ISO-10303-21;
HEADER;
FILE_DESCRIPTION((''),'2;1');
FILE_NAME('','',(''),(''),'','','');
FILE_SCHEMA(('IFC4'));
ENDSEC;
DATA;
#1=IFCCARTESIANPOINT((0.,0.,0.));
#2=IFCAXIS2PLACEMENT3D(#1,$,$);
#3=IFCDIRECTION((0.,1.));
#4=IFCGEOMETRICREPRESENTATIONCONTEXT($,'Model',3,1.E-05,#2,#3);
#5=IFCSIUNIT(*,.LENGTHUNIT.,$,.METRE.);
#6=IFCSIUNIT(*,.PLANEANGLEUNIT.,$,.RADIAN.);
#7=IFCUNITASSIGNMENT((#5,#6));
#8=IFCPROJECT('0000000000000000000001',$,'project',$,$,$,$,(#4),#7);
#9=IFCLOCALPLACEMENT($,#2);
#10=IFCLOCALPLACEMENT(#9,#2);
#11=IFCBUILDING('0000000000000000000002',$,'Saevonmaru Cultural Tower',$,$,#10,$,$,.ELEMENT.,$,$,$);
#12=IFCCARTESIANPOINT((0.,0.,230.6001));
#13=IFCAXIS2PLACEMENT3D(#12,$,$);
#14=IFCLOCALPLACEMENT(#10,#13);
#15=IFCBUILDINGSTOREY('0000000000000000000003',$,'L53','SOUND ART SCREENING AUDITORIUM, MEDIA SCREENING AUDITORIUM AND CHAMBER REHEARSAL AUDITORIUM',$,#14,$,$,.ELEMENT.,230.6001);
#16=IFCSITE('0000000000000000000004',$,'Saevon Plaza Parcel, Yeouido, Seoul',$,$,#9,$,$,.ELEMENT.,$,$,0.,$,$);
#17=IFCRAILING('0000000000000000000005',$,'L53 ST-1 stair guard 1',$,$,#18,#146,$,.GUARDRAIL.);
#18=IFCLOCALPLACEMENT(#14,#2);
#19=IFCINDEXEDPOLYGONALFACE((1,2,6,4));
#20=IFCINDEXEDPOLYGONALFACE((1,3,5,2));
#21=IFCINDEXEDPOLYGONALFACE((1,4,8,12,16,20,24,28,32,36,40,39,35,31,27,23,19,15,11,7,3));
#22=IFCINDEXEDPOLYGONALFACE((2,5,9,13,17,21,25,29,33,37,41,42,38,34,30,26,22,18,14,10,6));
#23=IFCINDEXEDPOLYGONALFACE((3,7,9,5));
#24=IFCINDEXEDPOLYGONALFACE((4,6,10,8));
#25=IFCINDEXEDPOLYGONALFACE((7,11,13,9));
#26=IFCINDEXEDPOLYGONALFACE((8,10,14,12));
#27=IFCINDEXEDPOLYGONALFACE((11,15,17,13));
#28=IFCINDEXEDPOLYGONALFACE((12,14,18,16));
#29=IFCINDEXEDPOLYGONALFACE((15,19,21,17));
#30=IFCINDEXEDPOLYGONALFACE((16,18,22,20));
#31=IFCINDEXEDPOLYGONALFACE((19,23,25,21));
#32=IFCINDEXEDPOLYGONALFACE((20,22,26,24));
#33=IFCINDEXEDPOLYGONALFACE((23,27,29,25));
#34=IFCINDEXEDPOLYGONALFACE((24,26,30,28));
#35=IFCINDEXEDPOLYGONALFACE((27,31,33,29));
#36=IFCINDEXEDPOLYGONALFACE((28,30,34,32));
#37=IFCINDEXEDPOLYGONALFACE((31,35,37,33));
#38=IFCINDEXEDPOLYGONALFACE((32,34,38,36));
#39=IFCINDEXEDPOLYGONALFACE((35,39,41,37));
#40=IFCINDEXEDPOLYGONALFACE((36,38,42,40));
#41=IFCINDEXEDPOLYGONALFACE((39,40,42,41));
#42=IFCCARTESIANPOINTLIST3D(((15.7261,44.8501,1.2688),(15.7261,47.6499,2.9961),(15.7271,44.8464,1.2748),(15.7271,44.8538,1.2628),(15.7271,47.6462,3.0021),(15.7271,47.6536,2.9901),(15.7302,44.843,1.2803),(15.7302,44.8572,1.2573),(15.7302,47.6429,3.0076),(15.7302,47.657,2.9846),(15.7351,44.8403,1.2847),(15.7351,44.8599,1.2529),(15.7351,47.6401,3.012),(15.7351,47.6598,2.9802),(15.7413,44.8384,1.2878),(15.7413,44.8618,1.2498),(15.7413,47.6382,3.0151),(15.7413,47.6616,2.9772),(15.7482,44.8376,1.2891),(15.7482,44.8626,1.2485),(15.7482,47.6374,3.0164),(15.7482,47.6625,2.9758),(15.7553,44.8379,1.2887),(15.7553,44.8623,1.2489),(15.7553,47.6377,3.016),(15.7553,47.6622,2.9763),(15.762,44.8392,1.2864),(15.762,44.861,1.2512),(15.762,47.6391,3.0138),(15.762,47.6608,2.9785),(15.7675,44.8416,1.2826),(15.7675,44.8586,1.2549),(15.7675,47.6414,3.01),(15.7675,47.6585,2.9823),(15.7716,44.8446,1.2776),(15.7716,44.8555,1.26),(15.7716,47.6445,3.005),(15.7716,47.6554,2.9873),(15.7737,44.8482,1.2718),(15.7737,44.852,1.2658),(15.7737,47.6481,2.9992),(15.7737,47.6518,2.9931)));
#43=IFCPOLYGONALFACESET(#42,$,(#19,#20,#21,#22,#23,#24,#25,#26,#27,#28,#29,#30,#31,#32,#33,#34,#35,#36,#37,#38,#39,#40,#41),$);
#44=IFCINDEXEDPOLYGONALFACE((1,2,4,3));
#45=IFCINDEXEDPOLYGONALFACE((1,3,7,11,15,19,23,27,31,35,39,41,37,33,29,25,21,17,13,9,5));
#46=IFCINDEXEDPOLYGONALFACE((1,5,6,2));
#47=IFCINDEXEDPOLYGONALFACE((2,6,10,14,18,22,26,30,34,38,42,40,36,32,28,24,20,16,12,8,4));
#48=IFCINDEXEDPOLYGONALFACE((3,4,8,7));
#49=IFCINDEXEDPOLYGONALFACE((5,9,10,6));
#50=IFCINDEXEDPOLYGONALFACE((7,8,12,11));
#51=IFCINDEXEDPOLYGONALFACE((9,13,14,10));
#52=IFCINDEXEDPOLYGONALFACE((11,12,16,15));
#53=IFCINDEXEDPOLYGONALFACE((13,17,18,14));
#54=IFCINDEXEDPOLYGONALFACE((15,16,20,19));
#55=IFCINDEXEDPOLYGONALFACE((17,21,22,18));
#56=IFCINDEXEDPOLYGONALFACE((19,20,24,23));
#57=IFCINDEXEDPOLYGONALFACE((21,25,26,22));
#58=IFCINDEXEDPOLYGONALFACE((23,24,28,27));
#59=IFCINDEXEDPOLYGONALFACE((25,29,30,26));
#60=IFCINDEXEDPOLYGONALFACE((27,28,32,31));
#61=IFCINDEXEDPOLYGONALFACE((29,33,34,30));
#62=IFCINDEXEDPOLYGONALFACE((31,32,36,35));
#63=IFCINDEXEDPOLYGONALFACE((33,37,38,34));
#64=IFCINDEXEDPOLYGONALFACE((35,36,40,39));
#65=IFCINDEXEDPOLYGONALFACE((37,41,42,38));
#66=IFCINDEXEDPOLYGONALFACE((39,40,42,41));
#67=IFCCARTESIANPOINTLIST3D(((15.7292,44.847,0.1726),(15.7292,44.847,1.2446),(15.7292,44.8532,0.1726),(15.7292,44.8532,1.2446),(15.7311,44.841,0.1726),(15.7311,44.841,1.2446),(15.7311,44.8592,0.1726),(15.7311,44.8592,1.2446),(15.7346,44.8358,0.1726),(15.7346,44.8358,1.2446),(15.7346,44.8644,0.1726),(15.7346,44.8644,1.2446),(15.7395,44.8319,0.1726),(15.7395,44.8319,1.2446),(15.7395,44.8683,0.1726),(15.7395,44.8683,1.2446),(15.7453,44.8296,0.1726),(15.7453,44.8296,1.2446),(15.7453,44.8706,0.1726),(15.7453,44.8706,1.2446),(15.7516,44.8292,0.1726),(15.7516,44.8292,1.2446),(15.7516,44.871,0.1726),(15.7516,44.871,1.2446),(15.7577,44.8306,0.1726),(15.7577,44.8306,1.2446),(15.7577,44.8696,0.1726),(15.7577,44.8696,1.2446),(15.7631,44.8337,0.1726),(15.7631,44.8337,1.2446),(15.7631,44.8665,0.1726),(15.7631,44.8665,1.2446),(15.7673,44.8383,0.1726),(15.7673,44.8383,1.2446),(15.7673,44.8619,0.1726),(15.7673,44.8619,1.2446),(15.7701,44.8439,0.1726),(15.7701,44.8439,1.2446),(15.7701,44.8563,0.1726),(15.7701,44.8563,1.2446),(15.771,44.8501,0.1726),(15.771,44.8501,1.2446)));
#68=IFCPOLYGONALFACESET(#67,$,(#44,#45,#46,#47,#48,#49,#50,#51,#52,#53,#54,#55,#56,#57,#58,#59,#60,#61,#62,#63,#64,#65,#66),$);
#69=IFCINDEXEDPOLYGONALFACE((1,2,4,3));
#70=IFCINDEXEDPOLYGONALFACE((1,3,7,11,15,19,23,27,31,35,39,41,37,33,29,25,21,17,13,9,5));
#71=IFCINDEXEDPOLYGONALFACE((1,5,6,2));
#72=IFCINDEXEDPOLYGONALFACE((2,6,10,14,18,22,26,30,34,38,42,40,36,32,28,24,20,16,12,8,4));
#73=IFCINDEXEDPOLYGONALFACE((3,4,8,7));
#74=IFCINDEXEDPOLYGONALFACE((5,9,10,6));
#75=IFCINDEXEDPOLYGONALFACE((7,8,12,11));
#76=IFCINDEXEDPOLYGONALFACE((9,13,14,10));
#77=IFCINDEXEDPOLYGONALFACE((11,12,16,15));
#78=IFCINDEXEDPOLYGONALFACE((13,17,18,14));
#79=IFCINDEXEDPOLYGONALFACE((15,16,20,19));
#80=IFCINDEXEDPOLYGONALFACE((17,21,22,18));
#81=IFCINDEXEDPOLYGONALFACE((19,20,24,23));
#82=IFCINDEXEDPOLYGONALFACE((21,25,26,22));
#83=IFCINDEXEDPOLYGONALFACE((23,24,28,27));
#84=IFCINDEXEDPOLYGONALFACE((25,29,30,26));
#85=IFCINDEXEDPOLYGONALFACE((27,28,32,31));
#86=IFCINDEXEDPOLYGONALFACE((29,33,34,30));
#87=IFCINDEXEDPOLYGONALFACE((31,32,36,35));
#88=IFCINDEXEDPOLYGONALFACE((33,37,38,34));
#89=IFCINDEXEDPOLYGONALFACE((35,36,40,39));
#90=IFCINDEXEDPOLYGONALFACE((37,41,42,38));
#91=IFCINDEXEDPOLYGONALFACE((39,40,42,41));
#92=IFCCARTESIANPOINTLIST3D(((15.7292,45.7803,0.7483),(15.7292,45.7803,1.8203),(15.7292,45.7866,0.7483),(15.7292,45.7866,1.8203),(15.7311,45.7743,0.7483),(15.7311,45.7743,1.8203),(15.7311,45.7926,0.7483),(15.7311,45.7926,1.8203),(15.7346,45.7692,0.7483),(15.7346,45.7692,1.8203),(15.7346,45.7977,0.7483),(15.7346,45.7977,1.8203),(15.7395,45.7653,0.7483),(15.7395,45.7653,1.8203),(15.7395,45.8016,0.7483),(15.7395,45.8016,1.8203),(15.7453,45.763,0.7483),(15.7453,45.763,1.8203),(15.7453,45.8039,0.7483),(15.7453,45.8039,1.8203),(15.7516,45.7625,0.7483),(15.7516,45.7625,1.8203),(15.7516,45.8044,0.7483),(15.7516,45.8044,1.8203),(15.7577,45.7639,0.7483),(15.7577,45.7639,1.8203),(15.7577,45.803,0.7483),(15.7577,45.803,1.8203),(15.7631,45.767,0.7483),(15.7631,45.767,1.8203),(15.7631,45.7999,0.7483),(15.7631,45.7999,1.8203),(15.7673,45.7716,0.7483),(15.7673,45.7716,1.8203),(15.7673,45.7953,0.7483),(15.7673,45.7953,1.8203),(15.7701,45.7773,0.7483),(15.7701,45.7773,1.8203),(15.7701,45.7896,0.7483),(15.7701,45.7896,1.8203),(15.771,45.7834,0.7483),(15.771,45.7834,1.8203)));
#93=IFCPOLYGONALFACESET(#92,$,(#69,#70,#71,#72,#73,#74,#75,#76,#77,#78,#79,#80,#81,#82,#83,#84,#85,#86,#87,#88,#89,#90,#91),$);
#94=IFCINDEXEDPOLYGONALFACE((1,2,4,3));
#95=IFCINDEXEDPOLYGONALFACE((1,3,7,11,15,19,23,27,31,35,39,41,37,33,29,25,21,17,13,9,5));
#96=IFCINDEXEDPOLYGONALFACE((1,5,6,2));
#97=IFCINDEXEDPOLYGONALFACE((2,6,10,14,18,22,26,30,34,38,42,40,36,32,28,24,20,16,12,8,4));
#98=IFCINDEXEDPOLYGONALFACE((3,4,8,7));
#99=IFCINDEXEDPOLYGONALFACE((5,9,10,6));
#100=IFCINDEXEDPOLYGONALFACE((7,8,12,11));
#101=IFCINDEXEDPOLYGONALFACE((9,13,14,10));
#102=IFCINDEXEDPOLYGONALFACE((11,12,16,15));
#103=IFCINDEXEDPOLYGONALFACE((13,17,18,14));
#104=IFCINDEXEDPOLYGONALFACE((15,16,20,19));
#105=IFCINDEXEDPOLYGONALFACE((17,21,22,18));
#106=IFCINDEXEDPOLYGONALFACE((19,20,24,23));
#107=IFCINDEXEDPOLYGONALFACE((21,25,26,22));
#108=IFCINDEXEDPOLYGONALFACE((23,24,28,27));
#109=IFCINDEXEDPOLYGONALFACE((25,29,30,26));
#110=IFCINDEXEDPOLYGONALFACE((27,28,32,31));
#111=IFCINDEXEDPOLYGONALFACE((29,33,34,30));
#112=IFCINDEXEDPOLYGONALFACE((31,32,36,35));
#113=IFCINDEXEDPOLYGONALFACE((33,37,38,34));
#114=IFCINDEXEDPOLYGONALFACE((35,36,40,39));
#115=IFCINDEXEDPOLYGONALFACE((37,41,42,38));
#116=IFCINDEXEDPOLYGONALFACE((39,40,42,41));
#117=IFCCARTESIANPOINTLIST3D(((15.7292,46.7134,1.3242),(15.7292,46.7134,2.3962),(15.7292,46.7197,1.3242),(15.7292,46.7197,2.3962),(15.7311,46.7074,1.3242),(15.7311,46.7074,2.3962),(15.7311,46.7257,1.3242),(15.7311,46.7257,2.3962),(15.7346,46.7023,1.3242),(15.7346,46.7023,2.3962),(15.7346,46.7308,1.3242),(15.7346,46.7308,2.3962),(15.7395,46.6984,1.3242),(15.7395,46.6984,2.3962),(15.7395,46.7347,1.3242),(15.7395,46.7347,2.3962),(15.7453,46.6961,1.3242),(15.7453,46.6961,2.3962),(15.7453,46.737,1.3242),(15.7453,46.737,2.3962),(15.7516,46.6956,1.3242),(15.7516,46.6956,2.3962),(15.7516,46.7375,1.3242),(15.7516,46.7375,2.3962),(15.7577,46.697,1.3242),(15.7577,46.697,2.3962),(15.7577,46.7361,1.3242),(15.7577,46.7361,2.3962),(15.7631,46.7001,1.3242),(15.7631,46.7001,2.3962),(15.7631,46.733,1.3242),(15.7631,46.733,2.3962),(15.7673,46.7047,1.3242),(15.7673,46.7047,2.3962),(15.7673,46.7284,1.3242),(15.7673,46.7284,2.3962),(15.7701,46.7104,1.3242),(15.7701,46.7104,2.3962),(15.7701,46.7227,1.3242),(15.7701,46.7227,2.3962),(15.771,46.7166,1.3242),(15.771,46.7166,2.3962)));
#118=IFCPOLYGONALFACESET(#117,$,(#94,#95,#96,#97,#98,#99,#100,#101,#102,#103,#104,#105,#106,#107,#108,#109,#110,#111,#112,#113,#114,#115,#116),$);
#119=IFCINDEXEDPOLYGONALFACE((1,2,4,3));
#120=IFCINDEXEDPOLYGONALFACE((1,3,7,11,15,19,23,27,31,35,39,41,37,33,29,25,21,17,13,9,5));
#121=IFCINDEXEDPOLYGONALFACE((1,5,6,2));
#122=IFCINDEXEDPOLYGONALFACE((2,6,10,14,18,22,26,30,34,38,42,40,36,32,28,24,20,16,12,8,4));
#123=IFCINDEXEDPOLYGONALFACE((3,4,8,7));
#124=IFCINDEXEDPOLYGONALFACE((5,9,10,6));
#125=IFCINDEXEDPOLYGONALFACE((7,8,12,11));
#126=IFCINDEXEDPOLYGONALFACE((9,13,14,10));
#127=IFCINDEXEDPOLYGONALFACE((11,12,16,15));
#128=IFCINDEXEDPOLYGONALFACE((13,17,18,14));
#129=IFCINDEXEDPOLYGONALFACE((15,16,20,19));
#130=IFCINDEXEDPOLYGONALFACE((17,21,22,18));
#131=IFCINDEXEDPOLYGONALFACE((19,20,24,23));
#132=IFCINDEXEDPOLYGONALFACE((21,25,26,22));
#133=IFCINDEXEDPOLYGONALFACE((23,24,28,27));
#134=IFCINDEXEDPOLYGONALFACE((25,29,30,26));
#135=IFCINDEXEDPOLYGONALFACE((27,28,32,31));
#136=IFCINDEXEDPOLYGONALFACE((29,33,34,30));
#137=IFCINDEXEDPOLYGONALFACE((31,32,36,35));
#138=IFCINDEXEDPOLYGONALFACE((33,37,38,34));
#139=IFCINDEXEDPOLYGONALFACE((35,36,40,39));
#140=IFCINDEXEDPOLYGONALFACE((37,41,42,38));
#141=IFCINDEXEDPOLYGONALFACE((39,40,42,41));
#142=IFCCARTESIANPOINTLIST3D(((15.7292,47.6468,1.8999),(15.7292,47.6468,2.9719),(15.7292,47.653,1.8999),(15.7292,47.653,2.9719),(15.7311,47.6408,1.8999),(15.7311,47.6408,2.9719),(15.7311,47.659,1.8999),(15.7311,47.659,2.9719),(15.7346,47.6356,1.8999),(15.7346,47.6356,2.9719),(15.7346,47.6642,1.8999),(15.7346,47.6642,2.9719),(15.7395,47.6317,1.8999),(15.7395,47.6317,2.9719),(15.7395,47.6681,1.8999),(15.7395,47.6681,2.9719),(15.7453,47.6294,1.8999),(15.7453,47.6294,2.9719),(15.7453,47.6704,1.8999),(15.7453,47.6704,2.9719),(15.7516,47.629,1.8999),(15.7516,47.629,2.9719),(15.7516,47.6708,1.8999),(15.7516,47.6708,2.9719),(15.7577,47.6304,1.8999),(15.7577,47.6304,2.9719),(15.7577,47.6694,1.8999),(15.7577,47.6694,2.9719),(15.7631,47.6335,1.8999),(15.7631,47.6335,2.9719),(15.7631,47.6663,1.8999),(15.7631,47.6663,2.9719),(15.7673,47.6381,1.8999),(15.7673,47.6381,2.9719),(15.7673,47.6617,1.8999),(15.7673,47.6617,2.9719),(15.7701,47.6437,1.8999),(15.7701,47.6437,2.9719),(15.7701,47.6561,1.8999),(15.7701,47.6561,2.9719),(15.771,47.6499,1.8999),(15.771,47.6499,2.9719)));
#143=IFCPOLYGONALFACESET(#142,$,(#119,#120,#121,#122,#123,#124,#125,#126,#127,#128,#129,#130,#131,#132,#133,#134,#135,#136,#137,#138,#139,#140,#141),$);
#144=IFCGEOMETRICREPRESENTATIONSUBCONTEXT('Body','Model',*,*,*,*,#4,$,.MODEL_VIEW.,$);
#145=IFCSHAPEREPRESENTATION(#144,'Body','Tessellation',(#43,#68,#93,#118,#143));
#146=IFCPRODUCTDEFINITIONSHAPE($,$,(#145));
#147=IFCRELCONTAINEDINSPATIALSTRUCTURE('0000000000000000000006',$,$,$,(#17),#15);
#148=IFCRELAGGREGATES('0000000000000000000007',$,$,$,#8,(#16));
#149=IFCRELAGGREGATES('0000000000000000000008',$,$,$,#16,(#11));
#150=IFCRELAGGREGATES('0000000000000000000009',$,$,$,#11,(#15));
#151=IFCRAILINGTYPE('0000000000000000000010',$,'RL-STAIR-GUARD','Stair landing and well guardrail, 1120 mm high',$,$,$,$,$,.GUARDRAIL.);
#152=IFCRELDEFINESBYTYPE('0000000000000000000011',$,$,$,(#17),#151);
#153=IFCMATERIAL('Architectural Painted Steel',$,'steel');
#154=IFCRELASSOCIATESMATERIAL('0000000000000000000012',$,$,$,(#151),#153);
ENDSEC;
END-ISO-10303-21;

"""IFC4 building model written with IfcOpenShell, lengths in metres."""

from ifc_helpers import new_model, si_unit, direction, frame, origin, origin_2d, place, context, subcontext, project, spatial, circle, extrude, material, type_object, element, save


model = new_model("IFC4")

# Units and contexts
model_context = context("Model", 3, precision=1e-05, world=origin(), true_north=direction((0.0, 1.0)))
body_context = subcontext(model_context, "Body", "Model", "MODEL_VIEW")
ifc_project = project(units=[si_unit("LENGTHUNIT", "METRE"), si_unit("PLANEANGLEUNIT", "RADIAN")], contexts=[model_context])

# Site, building, storey
site_placement = place(None, origin())
site = spatial("IfcSite", under=ifc_project, at=site_placement, Name="Saevon Plaza Parcel, Yeouido, Seoul", CompositionType="ELEMENT", RefElevation=0.0)
building_placement = place(site_placement, origin())
building = spatial("IfcBuilding", under=site, at=building_placement, Name="Saevonmaru Cultural Tower", CompositionType="ELEMENT")
storey_placement = place(building_placement, frame((0.0, 0.0, 230.6001)))
storey = spatial("IfcBuildingStorey", under=building, at=storey_placement, Name="L53", Description="SOUND ART SCREENING AUDITORIUM, MEDIA SCREENING AUDITORIUM AND CHAMBER REHEARSAL AUDITORIUM", CompositionType="ELEMENT", Elevation=230.6001)

# Railing
ifc_material_1 = material(Name="Architectural Painted Steel", Category="steel")
railing_type_1 = type_object("IfcRailingType", Name="RL-STAIR-GUARD", Description="Stair landing and well guardrail, 1120 mm high", PredefinedType="GUARDRAIL", material=ifc_material_1)
railing_1_placement = place(storey_placement, frame((15.75, 44.8501, 0.1726)))
element("IfcRailing", 1, at=railing_1_placement, inside=storey, type_object=railing_type_1, Name="L53 ST-1 stair guard 1", PredefinedType="GUARDRAIL", context=body_context, shape_type="SweptSolid", body=[
    extrude(circle(Radius=0.0239, at=origin_2d()), frame((0.0, 0.0, 1.0962), z_axis=(0.0, 0.851069, 0.525054), x_axis=(-1.0, 0.0, 0.0)), (0.0, 0.0, 1.0), 3.2898),
    extrude(circle(Radius=0.021, at=origin_2d()), origin(), (0.0, 0.0, 1.0), 1.072),
    extrude(circle(Radius=0.021, at=origin_2d()), frame((0.0, 0.9333, 0.5757)), (0.0, 0.0, 1.0), 1.072),
    extrude(circle(Radius=0.021, at=origin_2d()), frame((0.0, 1.8665, 1.1516)), (0.0, 0.0, 1.0), 1.072),
    extrude(circle(Radius=0.021, at=origin_2d()), frame((0.0, 2.7998, 1.7273)), (0.0, 0.0, 1.0), 1.072),
])

save(model, "model.ifc")
